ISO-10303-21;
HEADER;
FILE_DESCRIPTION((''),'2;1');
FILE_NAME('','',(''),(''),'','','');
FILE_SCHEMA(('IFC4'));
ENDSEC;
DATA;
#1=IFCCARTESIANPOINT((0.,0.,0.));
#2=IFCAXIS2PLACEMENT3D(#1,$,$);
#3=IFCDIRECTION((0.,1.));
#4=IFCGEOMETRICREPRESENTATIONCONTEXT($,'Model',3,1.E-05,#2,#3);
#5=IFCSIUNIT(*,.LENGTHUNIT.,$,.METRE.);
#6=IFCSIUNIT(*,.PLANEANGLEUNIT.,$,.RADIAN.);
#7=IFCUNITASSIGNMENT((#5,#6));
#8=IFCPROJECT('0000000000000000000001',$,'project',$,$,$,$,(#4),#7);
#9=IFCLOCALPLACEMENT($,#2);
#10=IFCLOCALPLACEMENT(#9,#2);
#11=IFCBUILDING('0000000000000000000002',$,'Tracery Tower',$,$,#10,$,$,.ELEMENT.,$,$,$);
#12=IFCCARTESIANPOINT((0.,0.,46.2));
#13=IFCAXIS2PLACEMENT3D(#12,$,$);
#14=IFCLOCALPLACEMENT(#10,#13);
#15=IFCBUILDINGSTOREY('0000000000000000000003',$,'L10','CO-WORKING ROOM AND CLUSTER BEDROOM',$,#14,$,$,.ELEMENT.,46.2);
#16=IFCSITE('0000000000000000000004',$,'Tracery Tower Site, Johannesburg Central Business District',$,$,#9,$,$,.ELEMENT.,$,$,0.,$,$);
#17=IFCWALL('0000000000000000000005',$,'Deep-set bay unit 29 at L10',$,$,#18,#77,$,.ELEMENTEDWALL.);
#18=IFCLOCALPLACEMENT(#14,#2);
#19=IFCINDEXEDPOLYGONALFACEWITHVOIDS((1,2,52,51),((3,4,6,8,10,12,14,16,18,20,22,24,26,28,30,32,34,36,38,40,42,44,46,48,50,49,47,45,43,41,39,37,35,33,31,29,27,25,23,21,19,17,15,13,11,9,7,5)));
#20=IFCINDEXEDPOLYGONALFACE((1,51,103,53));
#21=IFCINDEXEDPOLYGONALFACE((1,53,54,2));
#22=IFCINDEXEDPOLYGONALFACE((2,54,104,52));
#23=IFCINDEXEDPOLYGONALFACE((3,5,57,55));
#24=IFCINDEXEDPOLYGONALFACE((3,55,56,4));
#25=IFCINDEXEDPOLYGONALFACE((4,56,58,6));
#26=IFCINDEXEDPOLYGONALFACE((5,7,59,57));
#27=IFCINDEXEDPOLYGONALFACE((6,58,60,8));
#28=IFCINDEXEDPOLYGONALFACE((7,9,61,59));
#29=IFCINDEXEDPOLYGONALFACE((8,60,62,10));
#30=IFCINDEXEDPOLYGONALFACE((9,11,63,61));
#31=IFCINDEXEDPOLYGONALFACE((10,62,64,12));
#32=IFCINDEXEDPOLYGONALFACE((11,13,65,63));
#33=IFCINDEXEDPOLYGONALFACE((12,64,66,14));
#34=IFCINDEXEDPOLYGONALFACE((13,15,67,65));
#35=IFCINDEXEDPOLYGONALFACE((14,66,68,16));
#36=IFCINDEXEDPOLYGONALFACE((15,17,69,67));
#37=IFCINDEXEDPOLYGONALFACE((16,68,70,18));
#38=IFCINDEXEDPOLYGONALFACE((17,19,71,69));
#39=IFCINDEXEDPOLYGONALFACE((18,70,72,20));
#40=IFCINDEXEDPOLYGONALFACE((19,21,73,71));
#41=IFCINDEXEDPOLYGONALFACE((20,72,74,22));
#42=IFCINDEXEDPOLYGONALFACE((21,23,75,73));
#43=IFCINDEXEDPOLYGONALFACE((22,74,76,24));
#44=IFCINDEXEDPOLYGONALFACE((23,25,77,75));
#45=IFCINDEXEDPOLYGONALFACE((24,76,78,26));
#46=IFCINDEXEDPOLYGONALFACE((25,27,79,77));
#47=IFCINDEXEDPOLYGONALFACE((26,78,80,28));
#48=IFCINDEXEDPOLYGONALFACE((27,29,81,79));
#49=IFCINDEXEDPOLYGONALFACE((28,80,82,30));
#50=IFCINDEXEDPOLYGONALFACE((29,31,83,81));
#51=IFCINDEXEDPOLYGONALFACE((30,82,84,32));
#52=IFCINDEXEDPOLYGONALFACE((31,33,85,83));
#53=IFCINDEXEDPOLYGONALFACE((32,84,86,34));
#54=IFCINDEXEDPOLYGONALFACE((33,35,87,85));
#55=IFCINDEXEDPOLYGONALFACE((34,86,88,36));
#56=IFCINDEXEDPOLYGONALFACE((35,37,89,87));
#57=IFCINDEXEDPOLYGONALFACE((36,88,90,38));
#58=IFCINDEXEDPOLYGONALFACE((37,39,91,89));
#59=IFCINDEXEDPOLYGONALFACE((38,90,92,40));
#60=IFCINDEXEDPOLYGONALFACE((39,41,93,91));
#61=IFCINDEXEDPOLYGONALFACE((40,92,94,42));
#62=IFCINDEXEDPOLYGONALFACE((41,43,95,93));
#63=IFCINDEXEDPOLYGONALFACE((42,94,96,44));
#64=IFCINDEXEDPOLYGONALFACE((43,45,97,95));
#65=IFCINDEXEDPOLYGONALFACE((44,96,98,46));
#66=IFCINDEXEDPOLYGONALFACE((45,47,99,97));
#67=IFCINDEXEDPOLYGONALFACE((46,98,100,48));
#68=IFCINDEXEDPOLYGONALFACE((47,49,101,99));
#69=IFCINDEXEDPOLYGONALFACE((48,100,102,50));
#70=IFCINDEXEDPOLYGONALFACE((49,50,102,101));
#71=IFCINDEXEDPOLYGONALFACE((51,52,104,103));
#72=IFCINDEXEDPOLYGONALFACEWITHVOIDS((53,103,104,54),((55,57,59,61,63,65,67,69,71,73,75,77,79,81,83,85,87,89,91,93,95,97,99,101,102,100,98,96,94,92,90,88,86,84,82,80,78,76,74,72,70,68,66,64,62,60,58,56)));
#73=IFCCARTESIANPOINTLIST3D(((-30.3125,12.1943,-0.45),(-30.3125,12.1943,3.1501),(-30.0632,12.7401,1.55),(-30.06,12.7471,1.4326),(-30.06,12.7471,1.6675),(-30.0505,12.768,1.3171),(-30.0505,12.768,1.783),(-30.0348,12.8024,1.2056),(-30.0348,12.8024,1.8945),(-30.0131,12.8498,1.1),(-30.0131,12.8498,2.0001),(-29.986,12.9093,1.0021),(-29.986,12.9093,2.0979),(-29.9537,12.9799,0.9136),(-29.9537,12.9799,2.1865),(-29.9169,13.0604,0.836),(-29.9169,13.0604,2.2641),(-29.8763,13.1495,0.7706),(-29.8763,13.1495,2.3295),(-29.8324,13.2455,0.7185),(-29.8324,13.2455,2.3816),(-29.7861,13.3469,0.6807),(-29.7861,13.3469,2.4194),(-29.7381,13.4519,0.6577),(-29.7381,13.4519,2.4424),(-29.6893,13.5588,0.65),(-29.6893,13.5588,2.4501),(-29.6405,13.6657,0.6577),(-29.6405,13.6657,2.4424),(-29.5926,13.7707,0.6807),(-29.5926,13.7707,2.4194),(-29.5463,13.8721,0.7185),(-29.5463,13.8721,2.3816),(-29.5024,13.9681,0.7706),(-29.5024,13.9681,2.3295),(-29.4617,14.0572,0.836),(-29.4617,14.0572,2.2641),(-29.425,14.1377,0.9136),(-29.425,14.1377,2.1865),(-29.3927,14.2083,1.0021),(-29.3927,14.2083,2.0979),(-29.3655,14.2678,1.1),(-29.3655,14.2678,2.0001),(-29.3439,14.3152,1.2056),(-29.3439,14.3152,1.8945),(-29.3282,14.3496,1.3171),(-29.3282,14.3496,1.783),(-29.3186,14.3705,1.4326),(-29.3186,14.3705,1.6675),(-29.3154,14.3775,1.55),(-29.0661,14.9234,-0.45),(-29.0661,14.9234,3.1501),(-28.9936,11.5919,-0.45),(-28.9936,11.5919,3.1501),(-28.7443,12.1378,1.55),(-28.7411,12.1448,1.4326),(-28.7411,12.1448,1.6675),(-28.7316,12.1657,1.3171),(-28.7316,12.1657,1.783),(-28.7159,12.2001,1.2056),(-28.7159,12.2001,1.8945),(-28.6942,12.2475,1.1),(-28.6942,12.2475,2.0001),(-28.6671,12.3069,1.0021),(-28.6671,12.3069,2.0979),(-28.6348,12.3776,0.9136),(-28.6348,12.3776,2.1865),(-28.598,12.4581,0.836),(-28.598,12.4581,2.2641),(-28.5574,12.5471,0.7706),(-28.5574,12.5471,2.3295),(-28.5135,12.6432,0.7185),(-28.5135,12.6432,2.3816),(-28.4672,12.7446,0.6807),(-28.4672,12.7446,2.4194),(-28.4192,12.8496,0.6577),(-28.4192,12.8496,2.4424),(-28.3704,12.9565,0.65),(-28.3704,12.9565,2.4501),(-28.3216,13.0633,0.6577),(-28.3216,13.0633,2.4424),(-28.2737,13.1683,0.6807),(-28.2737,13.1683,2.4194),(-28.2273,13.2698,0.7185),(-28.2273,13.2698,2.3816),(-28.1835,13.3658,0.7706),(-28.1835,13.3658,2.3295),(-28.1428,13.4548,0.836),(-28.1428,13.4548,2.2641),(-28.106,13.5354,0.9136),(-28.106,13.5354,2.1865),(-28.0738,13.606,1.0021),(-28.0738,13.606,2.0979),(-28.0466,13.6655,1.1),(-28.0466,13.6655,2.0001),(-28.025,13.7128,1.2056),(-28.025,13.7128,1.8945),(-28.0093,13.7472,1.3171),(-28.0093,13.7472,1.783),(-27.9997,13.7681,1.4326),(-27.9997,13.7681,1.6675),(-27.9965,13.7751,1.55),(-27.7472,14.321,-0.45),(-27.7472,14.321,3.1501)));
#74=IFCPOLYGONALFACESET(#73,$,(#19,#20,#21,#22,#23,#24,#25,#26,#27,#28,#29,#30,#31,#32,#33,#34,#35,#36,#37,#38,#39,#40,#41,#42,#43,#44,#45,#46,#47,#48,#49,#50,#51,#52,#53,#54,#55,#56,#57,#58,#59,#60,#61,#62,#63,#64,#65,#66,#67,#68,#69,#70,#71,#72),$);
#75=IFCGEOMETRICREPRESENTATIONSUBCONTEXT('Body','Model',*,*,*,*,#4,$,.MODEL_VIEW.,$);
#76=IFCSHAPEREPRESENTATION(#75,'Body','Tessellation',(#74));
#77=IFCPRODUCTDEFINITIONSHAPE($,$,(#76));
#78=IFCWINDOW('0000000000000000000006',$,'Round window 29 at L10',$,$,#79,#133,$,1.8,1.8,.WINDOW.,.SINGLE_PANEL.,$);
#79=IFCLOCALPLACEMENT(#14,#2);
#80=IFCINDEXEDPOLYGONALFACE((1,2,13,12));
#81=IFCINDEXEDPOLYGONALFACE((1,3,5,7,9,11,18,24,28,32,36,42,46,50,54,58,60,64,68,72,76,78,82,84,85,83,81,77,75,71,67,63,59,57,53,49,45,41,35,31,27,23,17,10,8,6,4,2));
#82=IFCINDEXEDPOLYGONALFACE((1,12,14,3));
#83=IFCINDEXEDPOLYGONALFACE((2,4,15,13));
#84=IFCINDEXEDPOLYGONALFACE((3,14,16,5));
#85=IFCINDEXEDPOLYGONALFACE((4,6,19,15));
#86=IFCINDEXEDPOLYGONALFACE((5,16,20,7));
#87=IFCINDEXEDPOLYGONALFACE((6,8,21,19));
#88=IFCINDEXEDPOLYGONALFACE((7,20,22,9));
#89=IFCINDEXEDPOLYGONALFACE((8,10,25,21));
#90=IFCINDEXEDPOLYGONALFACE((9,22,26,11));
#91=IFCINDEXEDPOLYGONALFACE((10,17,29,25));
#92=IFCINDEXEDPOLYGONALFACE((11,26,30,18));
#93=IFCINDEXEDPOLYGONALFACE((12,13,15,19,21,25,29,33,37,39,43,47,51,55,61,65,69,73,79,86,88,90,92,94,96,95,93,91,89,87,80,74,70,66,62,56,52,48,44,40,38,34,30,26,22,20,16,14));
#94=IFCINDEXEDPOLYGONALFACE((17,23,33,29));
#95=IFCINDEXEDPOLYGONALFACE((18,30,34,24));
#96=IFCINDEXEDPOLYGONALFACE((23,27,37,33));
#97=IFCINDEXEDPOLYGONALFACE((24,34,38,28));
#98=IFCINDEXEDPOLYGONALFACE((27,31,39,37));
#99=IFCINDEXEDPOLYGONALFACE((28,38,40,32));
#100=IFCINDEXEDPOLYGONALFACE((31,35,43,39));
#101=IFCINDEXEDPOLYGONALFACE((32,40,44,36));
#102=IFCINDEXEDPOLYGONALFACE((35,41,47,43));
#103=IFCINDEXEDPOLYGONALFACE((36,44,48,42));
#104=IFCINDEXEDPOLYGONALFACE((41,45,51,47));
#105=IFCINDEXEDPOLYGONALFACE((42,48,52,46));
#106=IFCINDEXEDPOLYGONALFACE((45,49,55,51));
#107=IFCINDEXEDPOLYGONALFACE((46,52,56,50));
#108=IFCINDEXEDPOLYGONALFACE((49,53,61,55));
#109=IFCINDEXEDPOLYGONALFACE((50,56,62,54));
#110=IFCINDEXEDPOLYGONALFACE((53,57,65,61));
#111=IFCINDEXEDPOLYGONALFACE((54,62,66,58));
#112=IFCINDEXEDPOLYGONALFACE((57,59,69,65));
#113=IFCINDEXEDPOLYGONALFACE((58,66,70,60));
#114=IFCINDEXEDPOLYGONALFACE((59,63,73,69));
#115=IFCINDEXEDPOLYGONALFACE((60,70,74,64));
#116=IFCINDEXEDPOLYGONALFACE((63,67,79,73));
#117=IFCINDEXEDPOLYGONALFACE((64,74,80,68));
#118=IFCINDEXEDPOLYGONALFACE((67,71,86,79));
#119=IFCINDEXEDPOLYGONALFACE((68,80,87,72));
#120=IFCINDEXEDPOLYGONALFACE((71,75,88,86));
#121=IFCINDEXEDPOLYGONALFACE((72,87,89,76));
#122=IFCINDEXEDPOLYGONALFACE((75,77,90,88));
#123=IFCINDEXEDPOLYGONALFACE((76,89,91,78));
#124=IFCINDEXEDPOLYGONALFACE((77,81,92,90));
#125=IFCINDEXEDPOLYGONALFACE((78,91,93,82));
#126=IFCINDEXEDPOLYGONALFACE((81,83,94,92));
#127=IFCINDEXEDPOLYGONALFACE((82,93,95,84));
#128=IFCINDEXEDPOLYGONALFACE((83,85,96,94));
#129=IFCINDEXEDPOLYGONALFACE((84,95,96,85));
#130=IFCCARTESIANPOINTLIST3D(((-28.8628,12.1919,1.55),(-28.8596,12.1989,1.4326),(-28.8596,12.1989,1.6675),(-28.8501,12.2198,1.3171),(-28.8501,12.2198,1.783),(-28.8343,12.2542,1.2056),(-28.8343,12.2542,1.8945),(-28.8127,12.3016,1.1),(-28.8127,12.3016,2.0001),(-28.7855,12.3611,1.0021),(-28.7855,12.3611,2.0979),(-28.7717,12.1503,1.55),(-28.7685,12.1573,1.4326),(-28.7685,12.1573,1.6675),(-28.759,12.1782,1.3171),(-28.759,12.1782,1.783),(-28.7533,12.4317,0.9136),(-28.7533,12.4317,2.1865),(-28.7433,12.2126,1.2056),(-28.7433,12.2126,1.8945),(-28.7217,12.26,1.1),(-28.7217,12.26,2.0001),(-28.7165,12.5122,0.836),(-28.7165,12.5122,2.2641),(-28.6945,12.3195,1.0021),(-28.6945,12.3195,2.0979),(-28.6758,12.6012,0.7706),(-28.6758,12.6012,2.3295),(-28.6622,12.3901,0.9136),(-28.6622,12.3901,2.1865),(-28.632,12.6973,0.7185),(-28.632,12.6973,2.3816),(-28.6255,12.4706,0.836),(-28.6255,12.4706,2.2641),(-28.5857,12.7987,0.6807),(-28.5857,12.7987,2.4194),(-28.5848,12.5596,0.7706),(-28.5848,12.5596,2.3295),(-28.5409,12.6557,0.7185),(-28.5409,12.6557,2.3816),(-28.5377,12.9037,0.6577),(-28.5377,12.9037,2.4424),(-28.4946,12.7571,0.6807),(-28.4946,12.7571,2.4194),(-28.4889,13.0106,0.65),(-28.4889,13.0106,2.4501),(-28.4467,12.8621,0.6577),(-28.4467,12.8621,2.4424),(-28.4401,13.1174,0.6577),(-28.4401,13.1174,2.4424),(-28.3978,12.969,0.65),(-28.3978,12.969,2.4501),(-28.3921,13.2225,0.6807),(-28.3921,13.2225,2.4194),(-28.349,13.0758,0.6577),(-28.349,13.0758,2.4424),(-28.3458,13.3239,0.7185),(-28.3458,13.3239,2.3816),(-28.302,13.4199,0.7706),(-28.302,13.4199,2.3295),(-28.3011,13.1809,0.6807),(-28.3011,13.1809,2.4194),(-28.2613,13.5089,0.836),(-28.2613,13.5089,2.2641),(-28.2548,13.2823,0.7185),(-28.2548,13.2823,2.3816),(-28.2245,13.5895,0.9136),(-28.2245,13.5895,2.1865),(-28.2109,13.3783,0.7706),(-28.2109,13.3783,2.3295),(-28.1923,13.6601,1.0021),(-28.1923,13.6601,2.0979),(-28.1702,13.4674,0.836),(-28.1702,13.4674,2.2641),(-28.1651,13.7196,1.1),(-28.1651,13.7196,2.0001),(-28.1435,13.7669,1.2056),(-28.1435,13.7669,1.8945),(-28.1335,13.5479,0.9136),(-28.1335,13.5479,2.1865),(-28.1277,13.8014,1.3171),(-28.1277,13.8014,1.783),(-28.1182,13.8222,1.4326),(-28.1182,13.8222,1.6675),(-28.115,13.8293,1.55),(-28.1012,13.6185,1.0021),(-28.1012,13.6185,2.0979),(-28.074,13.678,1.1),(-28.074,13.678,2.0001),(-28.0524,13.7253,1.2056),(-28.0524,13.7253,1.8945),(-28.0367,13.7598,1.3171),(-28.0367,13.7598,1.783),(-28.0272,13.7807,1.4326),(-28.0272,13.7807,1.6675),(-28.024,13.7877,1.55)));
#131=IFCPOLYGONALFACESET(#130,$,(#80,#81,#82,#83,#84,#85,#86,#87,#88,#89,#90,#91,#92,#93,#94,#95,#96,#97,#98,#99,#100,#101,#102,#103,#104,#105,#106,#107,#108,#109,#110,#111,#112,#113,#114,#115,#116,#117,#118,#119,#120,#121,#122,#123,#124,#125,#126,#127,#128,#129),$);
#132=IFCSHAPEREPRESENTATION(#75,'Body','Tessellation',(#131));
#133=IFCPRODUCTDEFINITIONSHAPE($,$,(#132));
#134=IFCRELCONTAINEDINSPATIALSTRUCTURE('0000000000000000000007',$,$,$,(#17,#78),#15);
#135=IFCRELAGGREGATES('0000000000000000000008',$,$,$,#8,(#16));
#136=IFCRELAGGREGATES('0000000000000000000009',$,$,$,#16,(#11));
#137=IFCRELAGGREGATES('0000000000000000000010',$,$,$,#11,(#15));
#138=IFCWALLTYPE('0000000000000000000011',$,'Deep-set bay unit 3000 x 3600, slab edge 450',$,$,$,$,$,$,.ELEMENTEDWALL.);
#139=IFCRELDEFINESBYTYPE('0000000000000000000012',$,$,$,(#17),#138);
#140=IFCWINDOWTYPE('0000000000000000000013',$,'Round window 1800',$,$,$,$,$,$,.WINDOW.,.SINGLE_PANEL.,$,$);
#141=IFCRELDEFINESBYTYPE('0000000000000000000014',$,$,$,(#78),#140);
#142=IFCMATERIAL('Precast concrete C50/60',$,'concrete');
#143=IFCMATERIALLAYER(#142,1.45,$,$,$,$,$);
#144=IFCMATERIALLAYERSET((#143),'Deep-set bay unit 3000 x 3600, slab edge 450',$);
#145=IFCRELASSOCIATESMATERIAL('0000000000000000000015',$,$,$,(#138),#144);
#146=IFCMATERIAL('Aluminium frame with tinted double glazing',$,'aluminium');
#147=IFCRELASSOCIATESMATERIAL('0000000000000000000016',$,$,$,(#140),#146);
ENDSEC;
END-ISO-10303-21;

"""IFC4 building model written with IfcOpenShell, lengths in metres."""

from ifc_helpers import new_model, si_unit, direction, frame, frame_2d, origin, origin_2d, place, context, subcontext, project, spatial, rectangle, circle, extrude, material, layer, layer_set, type_object, element, fill, save


model = new_model("IFC4")

# Units and contexts
model_context = context("Model", 3, precision=1e-05, world=origin(), true_north=direction((0.0, 1.0)))
body_context = subcontext(model_context, "Body", "Model", "MODEL_VIEW")
ifc_project = project(units=[si_unit("LENGTHUNIT", "METRE"), si_unit("PLANEANGLEUNIT", "RADIAN")], contexts=[model_context])

# Site, building, storey
site_placement = place(None, origin())
site = spatial("IfcSite", under=ifc_project, at=site_placement, Name="Tracery Tower Site, Johannesburg Central Business District", CompositionType="ELEMENT", RefElevation=0.0)
building_placement = place(site_placement, origin())
building = spatial("IfcBuilding", under=site, at=building_placement, Name="Tracery Tower", CompositionType="ELEMENT")
storey_placement = place(building_placement, frame((0.0, 0.0, 46.2)))
storey = spatial("IfcBuildingStorey", under=building, at=storey_placement, Name="L10", Description="CO-WORKING ROOM AND CLUSTER BEDROOM", CompositionType="ELEMENT", Elevation=46.2)

# Wall, opening, window
ifc_material_1 = material(Name="Precast concrete C50/60", Category="concrete")
ifc_layer_1 = layer(ifc_material_1, 1.45)
ifc_layer_set_1 = layer_set([ifc_layer_1], Name="Deep-set bay unit 3000 x 3600, slab edge 450")
wall_type_1 = type_object("IfcWallType", Name="Deep-set bay unit 3000 x 3600, slab edge 450", PredefinedType="ELEMENTEDWALL", material=ifc_layer_set_1)
wall_1_placement = place(storey_placement, frame((-28.4067, 14.6221, -0.45), z_axis=(0.0, 0.0, 1.0), x_axis=(-0.415427, -0.909627, 0.0)))
wall_1 = element("IfcWall", 1, at=wall_1_placement, inside=storey, type_object=wall_type_1, Name="Deep-set bay unit 29 at L10", PredefinedType="ELEMENTEDWALL", context=body_context, shape_type="SweptSolid", body=[
    extrude(rectangle(XDim=3.0002, YDim=1.45, at=frame_2d((1.5, 0.0))), origin(), (0.0, 0.0, 1.0), 3.6001),
])
opening_1_placement = place(wall_1_placement, frame((1.5, 0.0, 2.0)))
opening_1 = element("IfcOpeningElement", 2, at=opening_1_placement, cuts=wall_1, PredefinedType="OPENING", context=body_context, shape_type="SweptSolid", body=[
    extrude(circle(Radius=0.9, at=origin_2d()), frame((0.0, 0.7349, 0.0), z_axis=(0.0, -1.0, 0.0), x_axis=(1.0, 0.0, 0.0)), (0.0, 0.0, 1.0), 1.47),
])
ifc_material_2 = material(Name="Aluminium frame with tinted double glazing", Category="aluminium")
window_type = type_object("IfcWindowType", Name="Round window 1800", PartitioningType="SINGLE_PANEL", PredefinedType="WINDOW", material=ifc_material_2)
window_1_placement = place(opening_1_placement, origin())
window_1 = element("IfcWindow", 3, at=window_1_placement, inside=storey, type_object=window_type, Name="Round window 29 at L10", OverallHeight=1.8, OverallWidth=1.8, PartitioningType="SINGLE_PANEL", PredefinedType="WINDOW", context=body_context, shape_type="SweptSolid", body=[
    extrude(circle(Radius=0.9, at=origin_2d()), frame((0.0, 0.6948, 0.0), z_axis=(0.0, -1.0, 0.0), x_axis=(1.0, 0.0, 0.0)), (0.0, 0.0, 1.0), 0.1001),
])
fill(opening_1, window_1)

save(model, "model.ifc")
